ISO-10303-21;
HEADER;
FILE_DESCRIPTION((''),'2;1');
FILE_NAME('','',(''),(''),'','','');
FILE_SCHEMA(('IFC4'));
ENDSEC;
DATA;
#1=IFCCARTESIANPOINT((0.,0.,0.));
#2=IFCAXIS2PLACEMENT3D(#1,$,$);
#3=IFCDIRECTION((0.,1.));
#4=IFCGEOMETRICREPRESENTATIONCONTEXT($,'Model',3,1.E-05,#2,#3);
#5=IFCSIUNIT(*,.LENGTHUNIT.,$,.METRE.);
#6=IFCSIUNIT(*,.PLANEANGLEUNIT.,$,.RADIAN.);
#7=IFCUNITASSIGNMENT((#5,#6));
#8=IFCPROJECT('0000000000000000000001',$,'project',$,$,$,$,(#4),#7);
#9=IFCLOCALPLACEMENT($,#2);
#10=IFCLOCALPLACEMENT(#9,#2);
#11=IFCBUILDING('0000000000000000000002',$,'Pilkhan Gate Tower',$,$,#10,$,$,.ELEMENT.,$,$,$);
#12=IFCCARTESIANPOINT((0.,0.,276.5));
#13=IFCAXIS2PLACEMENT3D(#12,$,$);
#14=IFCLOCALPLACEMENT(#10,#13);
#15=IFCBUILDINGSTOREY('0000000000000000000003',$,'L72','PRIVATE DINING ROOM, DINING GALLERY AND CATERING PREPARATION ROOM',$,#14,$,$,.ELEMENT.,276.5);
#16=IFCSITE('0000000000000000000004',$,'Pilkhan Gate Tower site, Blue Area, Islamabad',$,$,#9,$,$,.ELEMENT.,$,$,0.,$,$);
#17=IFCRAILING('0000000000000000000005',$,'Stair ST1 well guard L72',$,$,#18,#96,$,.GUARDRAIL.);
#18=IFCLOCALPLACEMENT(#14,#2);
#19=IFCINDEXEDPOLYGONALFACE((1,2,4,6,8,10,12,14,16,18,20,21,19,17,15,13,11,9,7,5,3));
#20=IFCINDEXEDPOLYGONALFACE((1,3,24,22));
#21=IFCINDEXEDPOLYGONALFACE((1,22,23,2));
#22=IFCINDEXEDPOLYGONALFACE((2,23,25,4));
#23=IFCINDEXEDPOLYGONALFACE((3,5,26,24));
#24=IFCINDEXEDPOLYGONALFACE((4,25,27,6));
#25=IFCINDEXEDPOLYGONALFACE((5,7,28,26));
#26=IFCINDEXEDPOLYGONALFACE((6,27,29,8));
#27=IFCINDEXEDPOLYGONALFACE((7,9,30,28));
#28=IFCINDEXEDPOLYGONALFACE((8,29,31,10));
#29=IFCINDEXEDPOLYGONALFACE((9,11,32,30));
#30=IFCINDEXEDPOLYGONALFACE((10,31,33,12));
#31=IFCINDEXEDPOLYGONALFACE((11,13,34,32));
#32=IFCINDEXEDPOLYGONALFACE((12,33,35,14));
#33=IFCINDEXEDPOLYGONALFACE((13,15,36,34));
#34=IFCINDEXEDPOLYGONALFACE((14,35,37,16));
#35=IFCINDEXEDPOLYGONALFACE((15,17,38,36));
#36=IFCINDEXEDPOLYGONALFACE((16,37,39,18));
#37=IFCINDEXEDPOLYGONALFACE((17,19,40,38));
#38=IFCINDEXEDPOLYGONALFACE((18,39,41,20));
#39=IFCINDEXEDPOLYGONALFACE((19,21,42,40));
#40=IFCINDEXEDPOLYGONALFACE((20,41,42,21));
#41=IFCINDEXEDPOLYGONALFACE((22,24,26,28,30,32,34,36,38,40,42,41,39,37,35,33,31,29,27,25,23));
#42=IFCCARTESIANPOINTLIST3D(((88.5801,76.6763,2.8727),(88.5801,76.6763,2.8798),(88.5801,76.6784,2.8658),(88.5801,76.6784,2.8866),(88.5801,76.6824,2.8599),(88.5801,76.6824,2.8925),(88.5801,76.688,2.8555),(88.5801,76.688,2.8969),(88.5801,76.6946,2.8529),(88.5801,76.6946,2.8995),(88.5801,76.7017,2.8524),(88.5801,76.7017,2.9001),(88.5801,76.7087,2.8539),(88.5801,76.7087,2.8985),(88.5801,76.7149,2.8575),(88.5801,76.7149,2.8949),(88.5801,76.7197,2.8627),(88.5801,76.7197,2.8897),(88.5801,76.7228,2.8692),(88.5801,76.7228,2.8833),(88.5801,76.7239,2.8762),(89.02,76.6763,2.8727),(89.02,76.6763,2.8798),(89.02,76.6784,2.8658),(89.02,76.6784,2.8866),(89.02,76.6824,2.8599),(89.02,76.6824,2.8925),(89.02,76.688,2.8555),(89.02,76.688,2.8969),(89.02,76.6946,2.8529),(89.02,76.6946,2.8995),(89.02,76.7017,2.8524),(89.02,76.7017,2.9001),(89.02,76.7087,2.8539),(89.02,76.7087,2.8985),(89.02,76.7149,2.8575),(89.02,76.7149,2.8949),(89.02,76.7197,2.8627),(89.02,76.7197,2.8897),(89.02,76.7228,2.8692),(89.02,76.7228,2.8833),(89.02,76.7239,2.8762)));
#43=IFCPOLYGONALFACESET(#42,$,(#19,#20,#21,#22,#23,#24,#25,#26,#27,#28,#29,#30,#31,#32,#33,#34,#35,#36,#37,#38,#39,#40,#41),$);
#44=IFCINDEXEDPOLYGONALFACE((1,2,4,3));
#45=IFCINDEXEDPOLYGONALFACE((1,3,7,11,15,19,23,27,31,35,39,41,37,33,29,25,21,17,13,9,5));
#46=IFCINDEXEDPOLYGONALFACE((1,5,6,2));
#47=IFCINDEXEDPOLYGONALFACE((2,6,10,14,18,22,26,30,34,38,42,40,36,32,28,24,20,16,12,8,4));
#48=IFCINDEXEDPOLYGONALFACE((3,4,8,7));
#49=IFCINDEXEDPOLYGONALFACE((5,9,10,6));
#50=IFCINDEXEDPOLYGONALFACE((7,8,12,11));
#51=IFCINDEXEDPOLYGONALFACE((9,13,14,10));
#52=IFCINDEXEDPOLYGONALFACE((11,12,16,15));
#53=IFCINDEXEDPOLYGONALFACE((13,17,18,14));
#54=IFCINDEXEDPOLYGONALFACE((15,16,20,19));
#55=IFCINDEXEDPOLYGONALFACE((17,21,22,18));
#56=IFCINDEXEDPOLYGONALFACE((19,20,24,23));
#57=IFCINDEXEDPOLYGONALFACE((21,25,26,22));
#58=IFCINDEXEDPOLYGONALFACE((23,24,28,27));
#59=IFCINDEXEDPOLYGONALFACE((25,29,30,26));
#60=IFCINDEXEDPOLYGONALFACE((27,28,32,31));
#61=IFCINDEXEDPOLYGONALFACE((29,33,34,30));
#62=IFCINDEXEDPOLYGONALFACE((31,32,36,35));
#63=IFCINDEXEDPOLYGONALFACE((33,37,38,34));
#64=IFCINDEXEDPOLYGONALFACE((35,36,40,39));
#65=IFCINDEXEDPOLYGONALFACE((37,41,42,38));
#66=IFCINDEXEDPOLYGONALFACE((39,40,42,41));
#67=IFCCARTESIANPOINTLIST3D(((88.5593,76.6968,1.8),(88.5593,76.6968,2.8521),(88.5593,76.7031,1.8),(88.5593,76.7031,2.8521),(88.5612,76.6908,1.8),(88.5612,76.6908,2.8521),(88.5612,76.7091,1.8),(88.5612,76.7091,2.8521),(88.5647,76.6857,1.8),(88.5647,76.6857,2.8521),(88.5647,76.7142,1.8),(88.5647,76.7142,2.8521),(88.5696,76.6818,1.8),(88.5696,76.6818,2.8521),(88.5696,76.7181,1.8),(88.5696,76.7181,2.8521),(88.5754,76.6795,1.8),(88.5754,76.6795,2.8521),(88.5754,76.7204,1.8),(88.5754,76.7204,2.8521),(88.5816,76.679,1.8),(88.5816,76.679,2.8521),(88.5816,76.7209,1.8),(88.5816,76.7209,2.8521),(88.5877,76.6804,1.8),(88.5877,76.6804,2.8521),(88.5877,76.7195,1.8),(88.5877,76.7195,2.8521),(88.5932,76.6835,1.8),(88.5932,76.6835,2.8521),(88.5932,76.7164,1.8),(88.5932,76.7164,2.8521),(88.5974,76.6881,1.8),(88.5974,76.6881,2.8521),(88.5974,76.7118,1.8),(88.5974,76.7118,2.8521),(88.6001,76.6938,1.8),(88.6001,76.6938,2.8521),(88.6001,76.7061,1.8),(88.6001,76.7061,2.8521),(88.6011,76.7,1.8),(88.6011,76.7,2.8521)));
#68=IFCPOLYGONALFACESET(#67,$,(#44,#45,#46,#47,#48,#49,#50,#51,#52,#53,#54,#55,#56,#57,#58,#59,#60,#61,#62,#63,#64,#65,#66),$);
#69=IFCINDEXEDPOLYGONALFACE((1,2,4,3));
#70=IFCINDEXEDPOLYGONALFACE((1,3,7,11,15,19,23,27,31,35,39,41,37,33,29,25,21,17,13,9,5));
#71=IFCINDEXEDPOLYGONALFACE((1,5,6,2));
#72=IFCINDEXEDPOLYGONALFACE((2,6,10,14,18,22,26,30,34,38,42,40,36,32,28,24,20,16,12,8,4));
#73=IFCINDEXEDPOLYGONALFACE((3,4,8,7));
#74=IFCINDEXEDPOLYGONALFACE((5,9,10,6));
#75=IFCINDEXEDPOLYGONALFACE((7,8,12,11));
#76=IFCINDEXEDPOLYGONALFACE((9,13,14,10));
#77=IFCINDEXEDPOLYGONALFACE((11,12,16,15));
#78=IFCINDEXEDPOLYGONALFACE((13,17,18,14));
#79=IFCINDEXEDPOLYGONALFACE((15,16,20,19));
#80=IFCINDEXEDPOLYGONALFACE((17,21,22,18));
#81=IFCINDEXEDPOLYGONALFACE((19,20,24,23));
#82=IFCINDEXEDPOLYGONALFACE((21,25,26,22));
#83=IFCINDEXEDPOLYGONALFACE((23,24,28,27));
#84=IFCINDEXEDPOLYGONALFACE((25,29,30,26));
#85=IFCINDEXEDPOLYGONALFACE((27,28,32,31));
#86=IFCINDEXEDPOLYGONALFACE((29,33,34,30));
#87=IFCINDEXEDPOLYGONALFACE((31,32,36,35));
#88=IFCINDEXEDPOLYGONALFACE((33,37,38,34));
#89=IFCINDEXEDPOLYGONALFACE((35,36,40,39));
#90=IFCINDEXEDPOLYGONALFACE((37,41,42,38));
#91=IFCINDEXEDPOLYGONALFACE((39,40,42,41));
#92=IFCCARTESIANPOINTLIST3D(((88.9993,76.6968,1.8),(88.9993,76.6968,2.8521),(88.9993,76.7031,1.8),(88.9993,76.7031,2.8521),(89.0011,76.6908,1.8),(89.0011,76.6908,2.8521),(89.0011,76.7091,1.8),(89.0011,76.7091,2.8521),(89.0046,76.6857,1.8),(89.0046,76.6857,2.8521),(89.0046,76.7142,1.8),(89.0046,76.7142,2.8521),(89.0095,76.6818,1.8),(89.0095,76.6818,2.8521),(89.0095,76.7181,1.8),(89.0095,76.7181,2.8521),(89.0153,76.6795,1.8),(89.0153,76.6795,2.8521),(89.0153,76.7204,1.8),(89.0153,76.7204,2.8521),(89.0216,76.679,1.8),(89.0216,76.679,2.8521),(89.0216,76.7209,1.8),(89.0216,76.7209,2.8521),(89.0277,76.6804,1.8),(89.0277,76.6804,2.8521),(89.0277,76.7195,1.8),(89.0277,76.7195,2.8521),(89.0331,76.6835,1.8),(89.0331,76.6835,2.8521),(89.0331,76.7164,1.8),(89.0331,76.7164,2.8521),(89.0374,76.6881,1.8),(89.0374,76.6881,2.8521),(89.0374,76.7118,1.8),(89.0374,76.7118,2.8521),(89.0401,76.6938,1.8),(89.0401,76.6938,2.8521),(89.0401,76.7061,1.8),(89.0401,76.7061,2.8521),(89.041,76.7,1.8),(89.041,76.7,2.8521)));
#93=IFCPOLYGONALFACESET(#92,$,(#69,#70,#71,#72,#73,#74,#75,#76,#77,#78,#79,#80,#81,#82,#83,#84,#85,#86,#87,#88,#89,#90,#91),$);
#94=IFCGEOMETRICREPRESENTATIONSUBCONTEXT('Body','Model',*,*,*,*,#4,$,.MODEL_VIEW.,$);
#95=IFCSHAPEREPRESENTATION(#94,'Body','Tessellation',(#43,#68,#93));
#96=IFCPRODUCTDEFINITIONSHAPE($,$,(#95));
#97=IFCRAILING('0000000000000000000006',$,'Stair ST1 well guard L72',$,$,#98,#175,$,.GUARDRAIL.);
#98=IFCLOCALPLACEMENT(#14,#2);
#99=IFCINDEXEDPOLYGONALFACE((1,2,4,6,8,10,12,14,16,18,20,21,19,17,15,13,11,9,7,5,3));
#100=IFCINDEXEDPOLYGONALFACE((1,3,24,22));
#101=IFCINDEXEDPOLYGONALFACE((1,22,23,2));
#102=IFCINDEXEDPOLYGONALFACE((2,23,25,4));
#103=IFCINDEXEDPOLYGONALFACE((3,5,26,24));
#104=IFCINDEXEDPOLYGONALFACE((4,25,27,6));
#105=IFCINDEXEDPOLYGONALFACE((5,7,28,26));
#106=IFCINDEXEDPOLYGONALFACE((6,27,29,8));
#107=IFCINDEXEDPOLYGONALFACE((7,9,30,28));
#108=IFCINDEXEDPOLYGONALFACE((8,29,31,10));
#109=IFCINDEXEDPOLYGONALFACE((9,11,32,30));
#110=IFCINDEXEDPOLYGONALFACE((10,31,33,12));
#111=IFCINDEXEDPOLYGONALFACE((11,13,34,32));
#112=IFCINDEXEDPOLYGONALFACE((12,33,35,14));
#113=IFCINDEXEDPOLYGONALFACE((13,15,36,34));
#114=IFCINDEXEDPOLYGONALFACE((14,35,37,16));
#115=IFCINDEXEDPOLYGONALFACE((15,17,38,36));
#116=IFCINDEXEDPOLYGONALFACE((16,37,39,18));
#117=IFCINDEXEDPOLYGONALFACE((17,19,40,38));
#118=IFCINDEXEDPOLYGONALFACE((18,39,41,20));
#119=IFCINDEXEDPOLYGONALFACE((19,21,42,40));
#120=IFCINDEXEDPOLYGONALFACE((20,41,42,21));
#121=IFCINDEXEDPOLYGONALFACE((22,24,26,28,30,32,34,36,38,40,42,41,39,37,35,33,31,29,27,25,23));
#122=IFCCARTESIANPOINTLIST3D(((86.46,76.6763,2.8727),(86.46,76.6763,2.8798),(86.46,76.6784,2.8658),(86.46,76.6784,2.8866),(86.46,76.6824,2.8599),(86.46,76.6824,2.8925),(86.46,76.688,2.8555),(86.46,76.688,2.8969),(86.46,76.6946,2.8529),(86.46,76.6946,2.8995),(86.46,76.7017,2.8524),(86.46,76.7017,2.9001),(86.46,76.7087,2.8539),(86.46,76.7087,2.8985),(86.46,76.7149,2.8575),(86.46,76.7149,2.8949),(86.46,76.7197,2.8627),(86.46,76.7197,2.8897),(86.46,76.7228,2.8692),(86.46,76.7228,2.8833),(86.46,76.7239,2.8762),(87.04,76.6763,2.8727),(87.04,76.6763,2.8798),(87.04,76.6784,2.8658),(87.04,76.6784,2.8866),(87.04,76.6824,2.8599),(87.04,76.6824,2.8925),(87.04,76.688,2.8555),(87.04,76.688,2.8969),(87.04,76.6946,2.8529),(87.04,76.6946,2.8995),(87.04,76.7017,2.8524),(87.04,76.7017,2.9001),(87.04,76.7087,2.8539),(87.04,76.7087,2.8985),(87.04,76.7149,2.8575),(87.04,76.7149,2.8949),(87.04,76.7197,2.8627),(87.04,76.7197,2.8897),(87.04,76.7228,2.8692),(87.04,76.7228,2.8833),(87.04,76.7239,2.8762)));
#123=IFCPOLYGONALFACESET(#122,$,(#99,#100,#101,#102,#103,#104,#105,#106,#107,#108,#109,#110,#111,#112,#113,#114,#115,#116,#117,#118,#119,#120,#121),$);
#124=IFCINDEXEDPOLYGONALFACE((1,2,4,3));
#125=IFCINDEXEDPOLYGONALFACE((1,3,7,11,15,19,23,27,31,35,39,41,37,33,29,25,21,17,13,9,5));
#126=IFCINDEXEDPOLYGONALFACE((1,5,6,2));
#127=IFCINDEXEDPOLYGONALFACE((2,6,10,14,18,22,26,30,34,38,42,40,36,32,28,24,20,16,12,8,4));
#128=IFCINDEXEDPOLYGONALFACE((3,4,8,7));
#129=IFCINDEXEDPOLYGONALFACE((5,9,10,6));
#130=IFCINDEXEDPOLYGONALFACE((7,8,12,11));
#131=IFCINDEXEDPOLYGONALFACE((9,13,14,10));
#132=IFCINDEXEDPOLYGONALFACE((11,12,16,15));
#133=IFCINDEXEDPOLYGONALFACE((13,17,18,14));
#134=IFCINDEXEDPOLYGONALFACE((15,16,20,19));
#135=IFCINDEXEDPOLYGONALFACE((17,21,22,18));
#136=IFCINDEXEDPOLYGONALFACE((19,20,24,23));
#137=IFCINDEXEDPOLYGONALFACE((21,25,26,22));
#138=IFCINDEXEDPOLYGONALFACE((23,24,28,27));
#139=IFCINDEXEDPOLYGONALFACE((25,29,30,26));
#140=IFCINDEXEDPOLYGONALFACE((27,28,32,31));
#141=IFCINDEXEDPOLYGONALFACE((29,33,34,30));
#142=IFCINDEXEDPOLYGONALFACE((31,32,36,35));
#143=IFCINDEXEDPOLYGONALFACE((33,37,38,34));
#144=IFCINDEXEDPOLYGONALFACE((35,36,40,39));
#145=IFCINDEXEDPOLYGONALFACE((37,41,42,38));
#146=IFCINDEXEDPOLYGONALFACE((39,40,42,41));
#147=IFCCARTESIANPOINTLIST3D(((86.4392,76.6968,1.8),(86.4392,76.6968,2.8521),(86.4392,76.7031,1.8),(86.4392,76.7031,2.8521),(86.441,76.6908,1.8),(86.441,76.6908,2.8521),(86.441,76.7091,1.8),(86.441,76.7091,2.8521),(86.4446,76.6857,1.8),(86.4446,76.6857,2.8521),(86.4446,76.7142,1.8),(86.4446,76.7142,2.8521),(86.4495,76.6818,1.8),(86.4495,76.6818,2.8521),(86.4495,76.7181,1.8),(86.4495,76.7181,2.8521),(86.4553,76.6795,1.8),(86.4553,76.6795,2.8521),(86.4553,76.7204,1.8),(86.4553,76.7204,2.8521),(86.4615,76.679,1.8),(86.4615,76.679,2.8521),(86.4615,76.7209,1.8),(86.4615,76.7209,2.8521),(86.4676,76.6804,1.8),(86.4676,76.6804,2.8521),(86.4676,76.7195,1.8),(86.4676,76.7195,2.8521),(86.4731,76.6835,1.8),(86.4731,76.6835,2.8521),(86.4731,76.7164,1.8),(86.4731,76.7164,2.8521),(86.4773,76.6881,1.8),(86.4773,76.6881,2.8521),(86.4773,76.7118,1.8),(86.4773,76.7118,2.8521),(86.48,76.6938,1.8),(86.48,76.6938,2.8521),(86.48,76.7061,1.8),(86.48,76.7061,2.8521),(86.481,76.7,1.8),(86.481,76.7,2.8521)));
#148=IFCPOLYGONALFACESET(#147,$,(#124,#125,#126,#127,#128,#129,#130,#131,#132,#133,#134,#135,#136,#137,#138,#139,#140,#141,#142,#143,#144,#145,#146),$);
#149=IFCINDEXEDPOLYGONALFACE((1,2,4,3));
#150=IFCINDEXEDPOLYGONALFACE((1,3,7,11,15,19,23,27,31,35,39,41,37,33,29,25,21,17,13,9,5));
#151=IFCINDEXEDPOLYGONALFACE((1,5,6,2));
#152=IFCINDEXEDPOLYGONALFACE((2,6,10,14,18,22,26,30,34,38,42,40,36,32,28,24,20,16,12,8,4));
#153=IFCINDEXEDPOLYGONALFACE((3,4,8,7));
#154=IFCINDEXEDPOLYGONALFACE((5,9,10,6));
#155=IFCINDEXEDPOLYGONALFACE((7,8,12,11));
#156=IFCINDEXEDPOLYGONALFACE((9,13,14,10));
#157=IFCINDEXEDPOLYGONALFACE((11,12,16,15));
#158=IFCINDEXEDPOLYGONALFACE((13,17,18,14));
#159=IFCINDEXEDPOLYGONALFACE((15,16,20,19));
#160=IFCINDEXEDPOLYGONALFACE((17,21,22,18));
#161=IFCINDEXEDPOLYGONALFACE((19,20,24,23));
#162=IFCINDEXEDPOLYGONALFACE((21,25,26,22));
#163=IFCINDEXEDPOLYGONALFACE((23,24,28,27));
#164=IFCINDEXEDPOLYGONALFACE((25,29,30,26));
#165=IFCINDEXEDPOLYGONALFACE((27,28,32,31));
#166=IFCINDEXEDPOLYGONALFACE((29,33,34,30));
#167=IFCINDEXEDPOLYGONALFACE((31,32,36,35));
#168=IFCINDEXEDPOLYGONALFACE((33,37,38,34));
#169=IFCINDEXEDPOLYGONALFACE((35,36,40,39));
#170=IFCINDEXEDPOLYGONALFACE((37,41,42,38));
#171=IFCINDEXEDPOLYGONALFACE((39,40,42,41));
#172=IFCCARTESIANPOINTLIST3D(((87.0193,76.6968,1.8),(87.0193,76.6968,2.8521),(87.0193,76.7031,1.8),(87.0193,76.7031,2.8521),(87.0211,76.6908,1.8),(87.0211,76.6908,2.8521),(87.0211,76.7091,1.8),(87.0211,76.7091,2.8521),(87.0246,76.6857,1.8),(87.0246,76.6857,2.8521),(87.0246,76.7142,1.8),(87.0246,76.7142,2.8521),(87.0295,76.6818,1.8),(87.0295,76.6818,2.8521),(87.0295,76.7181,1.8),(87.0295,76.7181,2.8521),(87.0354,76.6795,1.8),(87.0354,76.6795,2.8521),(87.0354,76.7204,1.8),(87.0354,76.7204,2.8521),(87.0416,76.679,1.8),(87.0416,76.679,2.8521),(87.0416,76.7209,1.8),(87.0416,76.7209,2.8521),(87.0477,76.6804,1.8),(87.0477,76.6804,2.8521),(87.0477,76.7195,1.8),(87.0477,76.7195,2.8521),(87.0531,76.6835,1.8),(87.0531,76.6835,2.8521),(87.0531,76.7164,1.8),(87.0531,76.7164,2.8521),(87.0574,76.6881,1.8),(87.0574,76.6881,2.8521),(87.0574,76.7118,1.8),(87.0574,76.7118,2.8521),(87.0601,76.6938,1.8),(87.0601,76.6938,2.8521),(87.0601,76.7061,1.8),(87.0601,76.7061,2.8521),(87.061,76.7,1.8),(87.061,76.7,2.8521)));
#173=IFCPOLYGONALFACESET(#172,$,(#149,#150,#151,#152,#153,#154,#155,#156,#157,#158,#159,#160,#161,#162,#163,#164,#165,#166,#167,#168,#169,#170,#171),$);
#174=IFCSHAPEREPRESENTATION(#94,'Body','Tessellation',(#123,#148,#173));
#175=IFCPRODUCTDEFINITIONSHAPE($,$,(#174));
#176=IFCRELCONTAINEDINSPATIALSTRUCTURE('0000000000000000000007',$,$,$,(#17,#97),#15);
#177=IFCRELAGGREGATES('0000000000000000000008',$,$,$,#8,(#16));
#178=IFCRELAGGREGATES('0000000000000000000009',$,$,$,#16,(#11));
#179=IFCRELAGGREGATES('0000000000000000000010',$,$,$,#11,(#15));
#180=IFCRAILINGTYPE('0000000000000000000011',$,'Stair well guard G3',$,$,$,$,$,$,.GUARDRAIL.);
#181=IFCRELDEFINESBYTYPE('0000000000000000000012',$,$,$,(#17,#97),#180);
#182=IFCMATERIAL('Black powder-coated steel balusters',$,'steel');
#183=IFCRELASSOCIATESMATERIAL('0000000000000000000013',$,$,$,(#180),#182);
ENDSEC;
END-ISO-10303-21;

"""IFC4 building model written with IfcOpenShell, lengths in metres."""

from ifc_helpers import new_model, si_unit, direction, frame, origin, origin_2d, place, context, subcontext, project, spatial, circle, extrude, material, type_object, element, save


model = new_model("IFC4")

# Units and contexts
model_context = context("Model", 3, precision=1e-05, world=origin(), true_north=direction((0.0, 1.0)))
body_context = subcontext(model_context, "Body", "Model", "MODEL_VIEW")
ifc_project = project(units=[si_unit("LENGTHUNIT", "METRE"), si_unit("PLANEANGLEUNIT", "RADIAN")], contexts=[model_context])

# Site, building, storey
site_placement = place(None, origin())
site = spatial("IfcSite", under=ifc_project, at=site_placement, Name="Pilkhan Gate Tower site, Blue Area, Islamabad", CompositionType="ELEMENT", RefElevation=0.0)
building_placement = place(site_placement, origin())
building = spatial("IfcBuilding", under=site, at=building_placement, Name="Pilkhan Gate Tower", CompositionType="ELEMENT")
storey_placement = place(building_placement, frame((0.0, 0.0, 276.5)))
storey = spatial("IfcBuildingStorey", under=building, at=storey_placement, Name="L72", Description="PRIVATE DINING ROOM, DINING GALLERY AND CATERING PREPARATION ROOM", CompositionType="ELEMENT", Elevation=276.5)

# Railings
ifc_material_1 = material(Name="Black powder-coated steel balusters", Category="steel")
railing_type_1 = type_object("IfcRailingType", Name="Stair well guard G3", PredefinedType="GUARDRAIL", material=ifc_material_1)
railing_1_placement = place(storey_placement, frame((88.5801, 76.7, 1.8)))
element("IfcRailing", 1, at=railing_1_placement, inside=storey, type_object=railing_type_1, Name="Stair ST1 well guard L72", PredefinedType="GUARDRAIL", context=body_context, shape_type="SweptSolid", body=[
    extrude(circle(Radius=0.0239, at=origin_2d()), frame((0.0, 0.0, 1.0762), z_axis=(1.0, 0.0, 0.0), x_axis=(0.0, 1.0, 0.0)), (0.0, 0.0, 1.0), 0.4399),
    extrude(circle(Radius=0.021, at=origin_2d()), origin(), (0.0, 0.0, 1.0), 1.052),
    extrude(circle(Radius=0.021, at=origin_2d()), frame((0.4399, 0.0, 0.0)), (0.0, 0.0, 1.0), 1.052),
])
railing_2_placement = place(storey_placement, frame((86.46, 76.7, 1.8)))
element("IfcRailing", 2, at=railing_2_placement, inside=storey, type_object=railing_type_1, Name="Stair ST1 well guard L72", PredefinedType="GUARDRAIL", context=body_context, shape_type="SweptSolid", body=[
    extrude(circle(Radius=0.0239, at=origin_2d()), frame((0.0, 0.0, 1.0762), z_axis=(1.0, 0.0, 0.0), x_axis=(0.0, 1.0, 0.0)), (0.0, 0.0, 1.0), 0.5801),
    extrude(circle(Radius=0.021, at=origin_2d()), origin(), (0.0, 0.0, 1.0), 1.052),
    extrude(circle(Radius=0.021, at=origin_2d()), frame((0.5801, 0.0, 0.0)), (0.0, 0.0, 1.0), 1.052),
])

save(model, "model.ifc")
